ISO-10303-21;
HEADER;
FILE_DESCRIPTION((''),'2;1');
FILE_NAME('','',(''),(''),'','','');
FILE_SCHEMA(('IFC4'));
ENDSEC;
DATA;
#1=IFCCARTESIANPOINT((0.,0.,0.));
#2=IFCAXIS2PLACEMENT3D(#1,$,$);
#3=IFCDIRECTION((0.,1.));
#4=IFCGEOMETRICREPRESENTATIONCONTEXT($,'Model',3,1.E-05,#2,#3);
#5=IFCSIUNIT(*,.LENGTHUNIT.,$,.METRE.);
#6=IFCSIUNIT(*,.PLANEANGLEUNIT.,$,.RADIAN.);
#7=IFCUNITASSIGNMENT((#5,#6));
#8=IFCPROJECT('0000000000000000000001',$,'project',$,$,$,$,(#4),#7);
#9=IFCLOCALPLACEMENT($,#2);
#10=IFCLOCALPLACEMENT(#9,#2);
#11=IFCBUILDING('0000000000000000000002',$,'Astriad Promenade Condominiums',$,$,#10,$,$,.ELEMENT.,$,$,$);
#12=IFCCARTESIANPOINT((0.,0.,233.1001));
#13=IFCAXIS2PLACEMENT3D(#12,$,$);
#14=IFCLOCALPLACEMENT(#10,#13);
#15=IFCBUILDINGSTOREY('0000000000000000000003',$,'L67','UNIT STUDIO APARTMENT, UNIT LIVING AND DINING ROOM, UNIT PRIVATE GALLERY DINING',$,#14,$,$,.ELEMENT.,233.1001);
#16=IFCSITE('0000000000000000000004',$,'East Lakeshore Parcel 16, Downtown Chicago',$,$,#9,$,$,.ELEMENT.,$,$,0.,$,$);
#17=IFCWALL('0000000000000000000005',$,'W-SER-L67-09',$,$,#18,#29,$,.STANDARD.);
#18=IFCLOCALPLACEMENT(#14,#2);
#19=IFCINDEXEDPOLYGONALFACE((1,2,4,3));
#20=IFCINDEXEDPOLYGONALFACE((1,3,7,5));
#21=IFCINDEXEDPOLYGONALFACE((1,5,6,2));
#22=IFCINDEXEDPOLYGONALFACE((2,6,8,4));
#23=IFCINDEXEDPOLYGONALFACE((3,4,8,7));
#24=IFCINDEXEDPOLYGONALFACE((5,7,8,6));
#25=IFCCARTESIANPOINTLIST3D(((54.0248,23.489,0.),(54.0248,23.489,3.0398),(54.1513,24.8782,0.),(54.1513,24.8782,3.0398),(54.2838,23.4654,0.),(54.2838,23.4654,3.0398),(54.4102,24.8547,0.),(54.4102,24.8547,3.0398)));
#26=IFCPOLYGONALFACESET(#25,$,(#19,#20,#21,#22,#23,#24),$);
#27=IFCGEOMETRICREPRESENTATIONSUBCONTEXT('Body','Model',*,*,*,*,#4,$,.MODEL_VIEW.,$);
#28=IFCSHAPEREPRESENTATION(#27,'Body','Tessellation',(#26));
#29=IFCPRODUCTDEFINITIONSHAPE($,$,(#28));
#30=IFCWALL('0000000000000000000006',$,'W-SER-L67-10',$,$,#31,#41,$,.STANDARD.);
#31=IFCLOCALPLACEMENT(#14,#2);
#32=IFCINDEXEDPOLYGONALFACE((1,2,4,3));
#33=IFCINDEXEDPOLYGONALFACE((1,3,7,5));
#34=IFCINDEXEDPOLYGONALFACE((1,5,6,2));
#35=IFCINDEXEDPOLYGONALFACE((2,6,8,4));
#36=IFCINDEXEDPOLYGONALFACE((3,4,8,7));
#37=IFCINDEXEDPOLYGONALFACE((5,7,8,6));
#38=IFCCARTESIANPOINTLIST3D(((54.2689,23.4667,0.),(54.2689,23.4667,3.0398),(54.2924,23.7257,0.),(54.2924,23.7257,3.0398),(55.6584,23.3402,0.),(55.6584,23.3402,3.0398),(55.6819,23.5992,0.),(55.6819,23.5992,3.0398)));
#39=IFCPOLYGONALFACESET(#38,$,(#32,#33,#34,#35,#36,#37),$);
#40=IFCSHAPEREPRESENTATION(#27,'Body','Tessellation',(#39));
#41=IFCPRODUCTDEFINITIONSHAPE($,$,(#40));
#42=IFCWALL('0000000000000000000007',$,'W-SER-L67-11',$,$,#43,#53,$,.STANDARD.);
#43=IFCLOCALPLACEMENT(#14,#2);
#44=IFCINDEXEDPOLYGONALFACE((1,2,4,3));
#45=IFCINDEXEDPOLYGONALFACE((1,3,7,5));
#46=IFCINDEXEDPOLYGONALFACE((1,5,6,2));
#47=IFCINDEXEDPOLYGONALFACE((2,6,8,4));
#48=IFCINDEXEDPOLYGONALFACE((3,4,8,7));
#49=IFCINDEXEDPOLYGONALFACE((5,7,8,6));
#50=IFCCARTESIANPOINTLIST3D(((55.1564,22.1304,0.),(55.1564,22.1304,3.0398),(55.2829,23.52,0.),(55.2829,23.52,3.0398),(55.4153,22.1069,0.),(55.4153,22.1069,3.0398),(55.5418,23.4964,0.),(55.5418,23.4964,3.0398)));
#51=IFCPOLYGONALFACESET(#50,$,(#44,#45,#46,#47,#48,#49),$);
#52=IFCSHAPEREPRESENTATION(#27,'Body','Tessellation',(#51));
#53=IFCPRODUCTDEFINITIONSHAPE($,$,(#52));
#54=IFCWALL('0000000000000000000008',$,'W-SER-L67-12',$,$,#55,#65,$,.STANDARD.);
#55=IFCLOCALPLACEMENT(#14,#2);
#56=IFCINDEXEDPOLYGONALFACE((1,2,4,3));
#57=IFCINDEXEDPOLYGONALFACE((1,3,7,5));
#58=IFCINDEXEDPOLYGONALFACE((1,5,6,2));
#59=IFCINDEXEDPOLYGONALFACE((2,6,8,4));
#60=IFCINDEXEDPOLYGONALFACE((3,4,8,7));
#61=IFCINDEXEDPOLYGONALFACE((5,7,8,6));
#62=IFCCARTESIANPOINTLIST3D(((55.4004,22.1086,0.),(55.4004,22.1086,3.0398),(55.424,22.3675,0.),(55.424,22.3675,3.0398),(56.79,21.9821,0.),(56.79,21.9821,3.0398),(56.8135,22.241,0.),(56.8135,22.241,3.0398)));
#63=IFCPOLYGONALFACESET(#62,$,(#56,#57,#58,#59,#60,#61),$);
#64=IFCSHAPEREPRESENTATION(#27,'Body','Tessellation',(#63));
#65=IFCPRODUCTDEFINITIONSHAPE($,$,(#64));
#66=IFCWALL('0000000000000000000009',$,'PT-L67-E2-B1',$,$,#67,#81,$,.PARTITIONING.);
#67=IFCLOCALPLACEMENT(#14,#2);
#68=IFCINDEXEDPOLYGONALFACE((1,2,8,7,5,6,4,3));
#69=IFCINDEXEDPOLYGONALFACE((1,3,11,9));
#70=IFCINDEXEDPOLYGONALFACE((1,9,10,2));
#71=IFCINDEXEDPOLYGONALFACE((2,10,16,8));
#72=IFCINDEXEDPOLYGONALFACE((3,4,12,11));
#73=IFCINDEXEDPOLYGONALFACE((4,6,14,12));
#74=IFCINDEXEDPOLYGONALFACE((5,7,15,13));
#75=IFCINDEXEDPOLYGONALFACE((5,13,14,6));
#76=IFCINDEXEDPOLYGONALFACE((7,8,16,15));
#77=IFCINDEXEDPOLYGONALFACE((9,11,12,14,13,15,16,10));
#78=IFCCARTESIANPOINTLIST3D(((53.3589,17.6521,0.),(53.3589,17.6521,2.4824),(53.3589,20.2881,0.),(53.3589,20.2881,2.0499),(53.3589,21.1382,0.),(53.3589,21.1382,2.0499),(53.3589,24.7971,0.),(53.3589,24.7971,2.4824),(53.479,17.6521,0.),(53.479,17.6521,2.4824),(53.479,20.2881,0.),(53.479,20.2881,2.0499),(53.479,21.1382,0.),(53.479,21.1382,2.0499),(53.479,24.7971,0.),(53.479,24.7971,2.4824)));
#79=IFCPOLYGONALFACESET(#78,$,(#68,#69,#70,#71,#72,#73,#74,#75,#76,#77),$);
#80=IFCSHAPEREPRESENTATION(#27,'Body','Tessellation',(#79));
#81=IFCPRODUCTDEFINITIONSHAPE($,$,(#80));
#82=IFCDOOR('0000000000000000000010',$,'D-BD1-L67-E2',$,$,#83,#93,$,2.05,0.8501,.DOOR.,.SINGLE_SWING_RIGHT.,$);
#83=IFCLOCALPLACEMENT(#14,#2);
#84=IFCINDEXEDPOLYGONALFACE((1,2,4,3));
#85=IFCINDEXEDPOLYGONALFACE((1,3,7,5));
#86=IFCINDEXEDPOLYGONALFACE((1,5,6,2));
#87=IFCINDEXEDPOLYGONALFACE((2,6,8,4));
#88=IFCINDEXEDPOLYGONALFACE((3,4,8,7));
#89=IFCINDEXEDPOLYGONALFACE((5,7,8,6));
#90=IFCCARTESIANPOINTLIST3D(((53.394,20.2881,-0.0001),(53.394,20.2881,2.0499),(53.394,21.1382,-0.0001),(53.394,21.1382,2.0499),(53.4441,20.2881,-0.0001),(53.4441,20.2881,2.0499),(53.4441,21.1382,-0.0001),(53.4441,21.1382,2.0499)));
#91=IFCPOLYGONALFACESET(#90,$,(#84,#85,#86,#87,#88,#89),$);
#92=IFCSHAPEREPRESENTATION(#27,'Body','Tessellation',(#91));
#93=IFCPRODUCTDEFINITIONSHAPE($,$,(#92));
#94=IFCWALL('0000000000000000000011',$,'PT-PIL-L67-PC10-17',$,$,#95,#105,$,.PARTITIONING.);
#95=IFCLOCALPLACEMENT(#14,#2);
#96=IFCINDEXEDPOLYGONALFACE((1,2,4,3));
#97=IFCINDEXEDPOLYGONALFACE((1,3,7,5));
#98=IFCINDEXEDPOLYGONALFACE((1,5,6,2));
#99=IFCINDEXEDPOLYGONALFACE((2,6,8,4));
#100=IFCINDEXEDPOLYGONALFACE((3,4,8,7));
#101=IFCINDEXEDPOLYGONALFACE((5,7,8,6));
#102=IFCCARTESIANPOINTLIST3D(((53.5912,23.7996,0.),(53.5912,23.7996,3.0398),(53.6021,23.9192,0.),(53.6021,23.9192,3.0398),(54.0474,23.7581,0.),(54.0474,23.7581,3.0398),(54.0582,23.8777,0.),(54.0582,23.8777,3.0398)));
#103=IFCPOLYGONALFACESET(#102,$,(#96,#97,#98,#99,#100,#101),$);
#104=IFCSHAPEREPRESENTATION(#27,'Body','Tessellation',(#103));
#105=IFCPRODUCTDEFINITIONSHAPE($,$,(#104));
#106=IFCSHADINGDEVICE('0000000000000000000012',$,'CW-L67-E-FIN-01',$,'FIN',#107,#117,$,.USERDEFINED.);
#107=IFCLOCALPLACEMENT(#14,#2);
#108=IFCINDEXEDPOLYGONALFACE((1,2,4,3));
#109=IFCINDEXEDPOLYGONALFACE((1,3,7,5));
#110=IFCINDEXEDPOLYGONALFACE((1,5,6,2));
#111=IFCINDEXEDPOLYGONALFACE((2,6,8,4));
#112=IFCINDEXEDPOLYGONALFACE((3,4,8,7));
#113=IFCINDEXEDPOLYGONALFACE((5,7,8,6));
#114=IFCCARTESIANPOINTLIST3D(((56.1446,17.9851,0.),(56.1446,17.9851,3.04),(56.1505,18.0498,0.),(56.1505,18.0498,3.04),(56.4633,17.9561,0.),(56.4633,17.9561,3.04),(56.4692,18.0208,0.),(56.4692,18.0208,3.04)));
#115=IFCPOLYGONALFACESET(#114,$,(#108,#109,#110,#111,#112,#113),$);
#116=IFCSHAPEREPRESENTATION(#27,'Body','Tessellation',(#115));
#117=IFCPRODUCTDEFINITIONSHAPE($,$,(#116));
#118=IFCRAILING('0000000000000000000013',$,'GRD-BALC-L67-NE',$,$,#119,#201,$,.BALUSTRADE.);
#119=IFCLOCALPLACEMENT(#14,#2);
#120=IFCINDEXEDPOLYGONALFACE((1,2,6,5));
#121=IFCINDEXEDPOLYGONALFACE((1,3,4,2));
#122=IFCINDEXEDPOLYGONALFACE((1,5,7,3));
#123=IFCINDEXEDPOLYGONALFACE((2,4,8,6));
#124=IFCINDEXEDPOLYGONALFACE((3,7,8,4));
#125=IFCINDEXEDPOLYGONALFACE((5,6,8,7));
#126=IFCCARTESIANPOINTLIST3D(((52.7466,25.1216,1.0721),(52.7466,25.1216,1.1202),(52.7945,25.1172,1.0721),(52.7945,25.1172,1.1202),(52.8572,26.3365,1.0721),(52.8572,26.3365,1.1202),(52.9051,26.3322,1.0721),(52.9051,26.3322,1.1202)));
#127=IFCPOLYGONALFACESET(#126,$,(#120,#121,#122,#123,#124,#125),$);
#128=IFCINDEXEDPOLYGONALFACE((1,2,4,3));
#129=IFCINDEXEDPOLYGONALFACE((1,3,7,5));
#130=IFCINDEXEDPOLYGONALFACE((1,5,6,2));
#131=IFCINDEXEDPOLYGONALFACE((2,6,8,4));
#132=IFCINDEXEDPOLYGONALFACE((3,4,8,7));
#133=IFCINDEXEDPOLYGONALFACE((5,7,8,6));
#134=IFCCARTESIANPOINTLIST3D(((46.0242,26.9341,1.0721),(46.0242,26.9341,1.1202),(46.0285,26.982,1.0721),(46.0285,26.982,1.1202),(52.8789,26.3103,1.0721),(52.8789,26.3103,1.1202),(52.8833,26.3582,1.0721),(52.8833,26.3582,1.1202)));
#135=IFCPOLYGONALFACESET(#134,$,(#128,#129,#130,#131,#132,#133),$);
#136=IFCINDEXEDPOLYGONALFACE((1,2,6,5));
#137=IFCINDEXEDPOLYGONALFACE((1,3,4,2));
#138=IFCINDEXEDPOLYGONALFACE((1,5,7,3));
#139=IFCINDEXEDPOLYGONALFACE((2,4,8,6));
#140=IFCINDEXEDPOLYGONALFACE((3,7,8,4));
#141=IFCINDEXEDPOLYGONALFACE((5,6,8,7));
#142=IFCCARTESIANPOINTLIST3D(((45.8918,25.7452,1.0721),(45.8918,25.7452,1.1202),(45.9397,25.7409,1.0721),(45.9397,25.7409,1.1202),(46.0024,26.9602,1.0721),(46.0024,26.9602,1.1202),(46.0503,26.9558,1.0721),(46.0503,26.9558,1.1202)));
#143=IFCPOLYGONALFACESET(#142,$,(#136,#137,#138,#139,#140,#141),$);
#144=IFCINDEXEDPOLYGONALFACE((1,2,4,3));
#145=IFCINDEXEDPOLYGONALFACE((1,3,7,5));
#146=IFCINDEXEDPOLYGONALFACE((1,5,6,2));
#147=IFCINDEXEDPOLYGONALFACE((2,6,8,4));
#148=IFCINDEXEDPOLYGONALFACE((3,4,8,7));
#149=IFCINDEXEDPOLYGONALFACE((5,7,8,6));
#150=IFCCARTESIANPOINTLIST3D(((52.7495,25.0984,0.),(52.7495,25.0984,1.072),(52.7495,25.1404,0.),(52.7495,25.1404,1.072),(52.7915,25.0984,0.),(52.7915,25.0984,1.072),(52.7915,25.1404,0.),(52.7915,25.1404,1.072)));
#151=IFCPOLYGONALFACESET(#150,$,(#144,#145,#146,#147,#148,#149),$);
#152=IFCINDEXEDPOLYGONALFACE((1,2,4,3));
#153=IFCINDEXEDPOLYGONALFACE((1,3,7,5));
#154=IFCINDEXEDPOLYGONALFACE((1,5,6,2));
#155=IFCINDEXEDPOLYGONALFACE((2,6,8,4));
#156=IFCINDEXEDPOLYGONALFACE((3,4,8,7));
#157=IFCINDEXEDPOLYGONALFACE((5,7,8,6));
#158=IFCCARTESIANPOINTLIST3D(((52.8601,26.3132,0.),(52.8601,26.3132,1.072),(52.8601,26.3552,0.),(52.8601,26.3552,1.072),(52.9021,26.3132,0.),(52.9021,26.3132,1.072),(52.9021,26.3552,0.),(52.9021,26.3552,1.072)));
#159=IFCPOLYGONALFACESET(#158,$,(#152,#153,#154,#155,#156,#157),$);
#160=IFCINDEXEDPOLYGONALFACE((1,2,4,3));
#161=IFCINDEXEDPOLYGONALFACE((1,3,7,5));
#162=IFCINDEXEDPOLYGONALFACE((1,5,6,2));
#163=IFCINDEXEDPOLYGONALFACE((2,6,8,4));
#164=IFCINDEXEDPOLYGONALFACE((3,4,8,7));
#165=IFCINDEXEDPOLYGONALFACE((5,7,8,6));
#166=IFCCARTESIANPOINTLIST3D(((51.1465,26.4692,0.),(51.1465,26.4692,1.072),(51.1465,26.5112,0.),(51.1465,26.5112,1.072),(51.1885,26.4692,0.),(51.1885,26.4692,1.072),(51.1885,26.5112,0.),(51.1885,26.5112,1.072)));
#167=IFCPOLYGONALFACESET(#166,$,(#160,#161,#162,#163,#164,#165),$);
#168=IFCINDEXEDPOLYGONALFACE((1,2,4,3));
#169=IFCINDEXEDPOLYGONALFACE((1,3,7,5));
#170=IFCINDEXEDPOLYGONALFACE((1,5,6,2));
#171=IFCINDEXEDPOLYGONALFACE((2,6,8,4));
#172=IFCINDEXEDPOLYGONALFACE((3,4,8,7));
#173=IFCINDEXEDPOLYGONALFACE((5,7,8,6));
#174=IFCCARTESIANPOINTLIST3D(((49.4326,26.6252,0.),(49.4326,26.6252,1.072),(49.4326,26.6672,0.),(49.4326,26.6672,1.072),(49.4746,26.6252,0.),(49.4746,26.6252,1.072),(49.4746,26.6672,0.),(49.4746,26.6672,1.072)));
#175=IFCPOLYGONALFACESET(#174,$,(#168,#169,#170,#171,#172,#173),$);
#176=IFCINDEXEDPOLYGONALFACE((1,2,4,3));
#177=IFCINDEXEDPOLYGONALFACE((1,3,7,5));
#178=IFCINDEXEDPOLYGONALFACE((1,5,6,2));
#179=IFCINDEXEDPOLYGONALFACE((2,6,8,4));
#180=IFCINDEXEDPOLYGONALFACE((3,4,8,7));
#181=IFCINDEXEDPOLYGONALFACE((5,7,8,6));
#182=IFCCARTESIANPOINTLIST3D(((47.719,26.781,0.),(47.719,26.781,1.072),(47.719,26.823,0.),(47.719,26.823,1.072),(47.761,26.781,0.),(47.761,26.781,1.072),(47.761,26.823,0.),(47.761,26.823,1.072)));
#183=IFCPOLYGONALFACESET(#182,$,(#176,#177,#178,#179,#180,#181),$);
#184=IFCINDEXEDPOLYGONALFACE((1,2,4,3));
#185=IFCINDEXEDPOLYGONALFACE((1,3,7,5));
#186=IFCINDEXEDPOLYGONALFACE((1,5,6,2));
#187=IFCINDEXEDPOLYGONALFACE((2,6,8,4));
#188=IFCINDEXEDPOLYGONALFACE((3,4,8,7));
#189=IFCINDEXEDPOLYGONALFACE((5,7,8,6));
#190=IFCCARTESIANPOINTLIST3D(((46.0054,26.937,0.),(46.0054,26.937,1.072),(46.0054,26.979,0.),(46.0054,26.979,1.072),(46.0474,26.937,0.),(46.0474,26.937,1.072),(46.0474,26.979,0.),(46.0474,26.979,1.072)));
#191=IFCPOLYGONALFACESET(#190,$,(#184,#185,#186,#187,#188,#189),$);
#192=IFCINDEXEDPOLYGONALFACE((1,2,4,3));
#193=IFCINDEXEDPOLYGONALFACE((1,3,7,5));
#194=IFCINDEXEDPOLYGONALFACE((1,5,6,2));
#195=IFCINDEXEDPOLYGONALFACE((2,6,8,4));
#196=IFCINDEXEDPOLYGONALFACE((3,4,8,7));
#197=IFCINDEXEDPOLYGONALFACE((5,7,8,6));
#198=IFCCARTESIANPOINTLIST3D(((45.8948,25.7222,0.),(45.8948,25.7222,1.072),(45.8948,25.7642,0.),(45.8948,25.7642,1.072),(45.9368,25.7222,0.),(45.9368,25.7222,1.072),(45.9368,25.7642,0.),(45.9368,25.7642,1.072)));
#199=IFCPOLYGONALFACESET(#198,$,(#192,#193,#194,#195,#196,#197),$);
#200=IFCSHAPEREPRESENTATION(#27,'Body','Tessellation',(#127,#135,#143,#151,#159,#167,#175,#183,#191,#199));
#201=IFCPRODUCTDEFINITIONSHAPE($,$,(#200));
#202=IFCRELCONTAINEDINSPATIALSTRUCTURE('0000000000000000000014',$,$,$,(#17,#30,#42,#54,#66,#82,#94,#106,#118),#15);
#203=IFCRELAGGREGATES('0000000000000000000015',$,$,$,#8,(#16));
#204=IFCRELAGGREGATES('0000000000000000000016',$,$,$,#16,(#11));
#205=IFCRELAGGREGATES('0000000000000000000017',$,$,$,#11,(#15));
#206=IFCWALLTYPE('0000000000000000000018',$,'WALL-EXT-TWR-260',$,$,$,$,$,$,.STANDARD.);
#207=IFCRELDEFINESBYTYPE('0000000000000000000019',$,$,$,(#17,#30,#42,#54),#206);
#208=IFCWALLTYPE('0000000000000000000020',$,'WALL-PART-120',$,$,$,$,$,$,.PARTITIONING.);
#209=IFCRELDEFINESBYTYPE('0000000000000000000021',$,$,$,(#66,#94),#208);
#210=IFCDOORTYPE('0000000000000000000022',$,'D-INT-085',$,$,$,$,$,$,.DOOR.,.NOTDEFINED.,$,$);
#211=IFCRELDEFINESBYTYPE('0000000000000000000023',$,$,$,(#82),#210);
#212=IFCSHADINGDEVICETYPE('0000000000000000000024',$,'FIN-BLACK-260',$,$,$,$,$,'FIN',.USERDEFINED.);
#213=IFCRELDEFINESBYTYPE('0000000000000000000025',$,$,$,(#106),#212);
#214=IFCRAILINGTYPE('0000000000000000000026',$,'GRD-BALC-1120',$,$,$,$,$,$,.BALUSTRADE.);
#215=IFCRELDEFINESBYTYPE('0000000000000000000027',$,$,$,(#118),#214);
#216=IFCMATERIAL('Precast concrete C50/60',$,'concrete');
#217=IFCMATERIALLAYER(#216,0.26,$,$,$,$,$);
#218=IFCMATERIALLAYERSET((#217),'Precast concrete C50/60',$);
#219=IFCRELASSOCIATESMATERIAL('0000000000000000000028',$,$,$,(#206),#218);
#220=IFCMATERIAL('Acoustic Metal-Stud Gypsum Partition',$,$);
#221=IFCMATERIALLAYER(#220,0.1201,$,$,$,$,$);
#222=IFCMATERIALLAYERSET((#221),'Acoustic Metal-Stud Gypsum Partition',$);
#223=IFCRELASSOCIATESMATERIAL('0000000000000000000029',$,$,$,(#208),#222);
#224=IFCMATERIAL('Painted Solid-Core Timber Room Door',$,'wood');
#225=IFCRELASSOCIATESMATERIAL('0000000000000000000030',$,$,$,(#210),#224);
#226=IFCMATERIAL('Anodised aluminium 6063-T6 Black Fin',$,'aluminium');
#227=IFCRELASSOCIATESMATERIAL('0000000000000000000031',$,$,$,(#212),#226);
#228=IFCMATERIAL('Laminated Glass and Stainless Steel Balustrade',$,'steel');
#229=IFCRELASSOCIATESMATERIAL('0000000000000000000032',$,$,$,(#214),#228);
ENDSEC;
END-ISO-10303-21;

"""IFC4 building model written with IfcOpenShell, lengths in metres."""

from ifc_helpers import new_model, si_unit, direction, frame, frame_2d, origin, origin_2d, place, context, subcontext, project, spatial, rectangle, extrude, source, transform, mapped, material, layer, layer_set, type_object, type_shapes, element, fill, save


model = new_model("IFC4")

# Units and contexts
model_context = context("Model", 3, precision=1e-05, world=origin(), true_north=direction((0.0, 1.0)))
body_context = subcontext(model_context, "Body", "Model", "MODEL_VIEW")
ifc_project = project(units=[si_unit("LENGTHUNIT", "METRE"), si_unit("PLANEANGLEUNIT", "RADIAN")], contexts=[model_context])

# Site, building, storey
site_placement = place(None, origin())
site = spatial("IfcSite", under=ifc_project, at=site_placement, Name="East Lakeshore Parcel 16, Downtown Chicago", CompositionType="ELEMENT", RefElevation=0.0)
building_placement = place(site_placement, origin())
building = spatial("IfcBuilding", under=site, at=building_placement, Name="Astriad Promenade Condominiums", CompositionType="ELEMENT")
storey_placement = place(building_placement, frame((0.0, 0.0, 233.1001)))
storey = spatial("IfcBuildingStorey", under=building, at=storey_placement, Name="L67", Description="UNIT STUDIO APARTMENT, UNIT LIVING AND DINING ROOM, UNIT PRIVATE GALLERY DINING", CompositionType="ELEMENT", Elevation=233.1001)

# Walls
ifc_material_1 = material(Name="Precast concrete C50/60", Category="concrete")
ifc_layer_1 = layer(ifc_material_1, 0.26)
ifc_layer_set_1 = layer_set([ifc_layer_1], Name="Precast concrete C50/60")
wall_type_1 = type_object("IfcWallType", Name="WALL-EXT-TWR-260", PredefinedType="STANDARD", material=ifc_layer_set_1)
wall_1_placement = place(storey_placement, frame((54.2808, 24.8665, 0.0), z_axis=(0.0, 0.0, 1.0), x_axis=(-0.090662, -0.995882, 0.0)))
element("IfcWall", 1, at=wall_1_placement, inside=storey, type_object=wall_type_1, Name="W-SER-L67-09", PredefinedType="STANDARD", context=body_context, shape_type="SweptSolid", body=[
    extrude(rectangle(XDim=1.395, YDim=0.26, at=frame_2d((0.6975, 0.0))), origin(), (0.0, 0.0, 1.0), 3.0398),
])
for number, where, z_axis, x_axis, name in (
    (2, (54.2805, 23.5962, 0.0), (0.0, 0.0, 1.0), (0.995883, -0.090646, 0.0), "W-SER-L67-10"),
    (3, (55.4124, 23.5083, 0.0), (0.0, 0.0, 1.0), (-0.090646, -0.995883, 0.0), "W-SER-L67-11"),
    (4, (55.4121, 22.238, 0.0), (0.0, 0.0, 1.0), (0.995883, -0.090646, 0.0), "W-SER-L67-12"),
):
    element("IfcWall", number, at=place(storey_placement, frame(where, z_axis=z_axis, x_axis=x_axis)), inside=storey, type_object=wall_type_1, Name=name, PredefinedType="STANDARD", context=body_context, shape_type="SweptSolid", body=[
        extrude(rectangle(XDim=1.3953, YDim=0.26, at=frame_2d((0.6978, 0.0))), origin(), (0.0, 0.0, 1.0), 3.0398),
    ])

# Wall, opening, door
ifc_material_2 = material(Name="Acoustic Metal-Stud Gypsum Partition")
ifc_layer_2 = layer(ifc_material_2, 0.1201)
ifc_layer_set_2 = layer_set([ifc_layer_2], Name="Acoustic Metal-Stud Gypsum Partition")
wall_type_2 = type_object("IfcWallType", Name="WALL-PART-120", PredefinedType="PARTITIONING", material=ifc_layer_set_2)
wall_2_placement = place(storey_placement, frame((53.4189, 17.6521, 0.0), z_axis=(0.0, 0.0, 1.0), x_axis=(0.0, 1.0, 0.0)))
wall_2 = element("IfcWall", 5, at=wall_2_placement, inside=storey, type_object=wall_type_2, Name="PT-L67-E2-B1", PredefinedType="PARTITIONING", context=body_context, shape_type="SweptSolid", body=[
    extrude(rectangle(XDim=7.145, YDim=0.1201, at=frame_2d((3.5725, 0.0))), origin(), (0.0, 0.0, 1.0), 2.4824),
])
opening_placement = place(wall_2_placement, frame((2.636, 0.0, 0.0)))
opening = element("IfcOpeningElement", 6, at=opening_placement, cuts=wall_2, PredefinedType="OPENING", context=body_context, shape_type="SweptSolid", body=[
    extrude(rectangle(XDim=0.8501, YDim=2.05, at=frame_2d((0.425, 1.0249))), frame((0.0, 0.0701, 0.0), z_axis=(0.0, -1.0, 0.0), x_axis=(1.0, 0.0, 0.0)), (0.0, 0.0, 1.0), 0.1401),
])
ifc_material_3 = material(Name="Painted Solid-Core Timber Room Door", Category="wood")
door_type = type_object("IfcDoorType", Name="D-INT-085", OperationType="NOTDEFINED", PredefinedType="DOOR", material=ifc_material_3)
shared_shape_1 = source(origin(), body_context, "Body", "SweptSolid", [
    extrude(rectangle(XDim=0.8501, YDim=2.05, at=frame_2d((0.425, 1.0249))), frame((0.0, 0.0249, 0.0), z_axis=(0.0, -1.0, 0.0), x_axis=(1.0, 0.0, 0.0)), (0.0, 0.0, 1.0), 0.05),
])
type_shapes(door_type, [shared_shape_1])
door_placement = place(opening_placement, origin())
door = element("IfcDoor", 7, at=door_placement, inside=storey, type_object=door_type, Name="D-BD1-L67-E2", OperationType="SINGLE_SWING_RIGHT", OverallHeight=2.05, OverallWidth=0.8501, PredefinedType="DOOR", context=body_context, shape_type="MappedRepresentation", body=[
    mapped(shared_shape_1, transform((0.0, 0.0, 0.0), scale=1.0)),
])
fill(opening, door)

# Wall
wall_3_placement = place(storey_placement, frame((53.5967, 23.8594, 0.0), z_axis=(0.0, 0.0, 1.0), x_axis=(0.995884, -0.090632, 0.0)))
element("IfcWall", 8, at=wall_3_placement, inside=storey, type_object=wall_type_2, Name="PT-PIL-L67-PC10-17", PredefinedType="PARTITIONING", context=body_context, shape_type="SweptSolid", body=[
    extrude(rectangle(XDim=0.458, YDim=0.1201, at=frame_2d((0.229, 0.0))), origin(), (0.0, 0.0, 1.0), 3.0398),
])

# Shading device
ifc_material_4 = material(Name="Anodised aluminium 6063-T6 Black Fin", Category="aluminium")
shading_device_type = type_object("IfcShadingDeviceType", Name="FIN-BLACK-260", ElementType="FIN", PredefinedType="USERDEFINED", material=ifc_material_4)
shared_shape_2 = source(origin(), body_context, "Body", "SweptSolid", [
    extrude(rectangle(XDim=0.0649, YDim=0.3201, at=origin_2d()), origin(), (0.0, 0.0, 1.0), 3.04),
])
type_shapes(shading_device_type, [shared_shape_2])
shading_device_placement = place(storey_placement, frame((56.3069, 18.0029, 0.0), z_axis=(0.0, 0.0, 1.0), x_axis=(-0.090633, -0.995884, 0.0)))
element("IfcShadingDevice", 9, at=shading_device_placement, inside=storey, type_object=shading_device_type, Name="CW-L67-E-FIN-01", ObjectType="FIN", PredefinedType="USERDEFINED", context=body_context, shape_type="MappedRepresentation", body=[
    mapped(shared_shape_2, transform((0.0, 0.0, 0.0), scale=1.0)),
])

# Railing
ifc_material_5 = material(Name="Laminated Glass and Stainless Steel Balustrade", Category="steel")
railing_type = type_object("IfcRailingType", Name="GRD-BALC-1120", PredefinedType="BALUSTRADE", material=ifc_material_5)
shared_shape_3 = source(origin(), body_context, "Body", "SweptSolid", [
    extrude(rectangle(XDim=0.0481, YDim=0.0481, at=origin_2d()), frame((0.0, 0.0, 1.0962), z_axis=(0.090662, 0.995882, 0.0), x_axis=(-0.995882, 0.090662, 0.0)), (0.0, 0.0, 1.0), 1.22),
    extrude(rectangle(XDim=0.0481, YDim=0.0481, at=origin_2d()), frame((0.1106, 1.2148, 1.0962), z_axis=(-0.995885, 0.090625, 0.0), x_axis=(-0.090625, -0.995885, 0.0)), (0.0, 0.0, 1.0), 6.8831),
    extrude(rectangle(XDim=0.0481, YDim=0.0481, at=origin_2d()), frame((-6.7441, 1.8386, 1.0962), z_axis=(-0.090662, -0.995882, 0.0), x_axis=(0.995882, -0.090662, 0.0)), (0.0, 0.0, 1.0), 1.22),
    extrude(rectangle(XDim=0.042, YDim=0.042, at=origin_2d()), origin(), (0.0, 0.0, 1.0), 1.072),
    extrude(rectangle(XDim=0.042, YDim=0.042, at=origin_2d()), frame((0.1106, 1.2148, 0.0)), (0.0, 0.0, 1.0), 1.072),
    extrude(rectangle(XDim=0.042, YDim=0.042, at=origin_2d()), frame((-1.603, 1.3708, 0.0)), (0.0, 0.0, 1.0), 1.072),
    extrude(rectangle(XDim=0.042, YDim=0.042, at=origin_2d()), frame((-3.3169, 1.5269, 0.0)), (0.0, 0.0, 1.0), 1.072),
    extrude(rectangle(XDim=0.042, YDim=0.042, at=origin_2d()), frame((-5.0305, 1.6826, 0.0)), (0.0, 0.0, 1.0), 1.072),
    extrude(rectangle(XDim=0.042, YDim=0.042, at=origin_2d()), frame((-6.7441, 1.8386, 0.0)), (0.0, 0.0, 1.0), 1.072),
    extrude(rectangle(XDim=0.042, YDim=0.042, at=origin_2d()), frame((-6.8547, 0.6238, 0.0)), (0.0, 0.0, 1.0), 1.072),
])
type_shapes(railing_type, [shared_shape_3])
railing_placement = place(storey_placement, frame((52.7705, 25.1194, 0.0)))
element("IfcRailing", 10, at=railing_placement, inside=storey, type_object=railing_type, Name="GRD-BALC-L67-NE", PredefinedType="BALUSTRADE", context=body_context, shape_type="MappedRepresentation", body=[
    mapped(shared_shape_3, transform((0.0, 0.0, 0.0), scale=1.0)),
])

save(model, "model.ifc")
